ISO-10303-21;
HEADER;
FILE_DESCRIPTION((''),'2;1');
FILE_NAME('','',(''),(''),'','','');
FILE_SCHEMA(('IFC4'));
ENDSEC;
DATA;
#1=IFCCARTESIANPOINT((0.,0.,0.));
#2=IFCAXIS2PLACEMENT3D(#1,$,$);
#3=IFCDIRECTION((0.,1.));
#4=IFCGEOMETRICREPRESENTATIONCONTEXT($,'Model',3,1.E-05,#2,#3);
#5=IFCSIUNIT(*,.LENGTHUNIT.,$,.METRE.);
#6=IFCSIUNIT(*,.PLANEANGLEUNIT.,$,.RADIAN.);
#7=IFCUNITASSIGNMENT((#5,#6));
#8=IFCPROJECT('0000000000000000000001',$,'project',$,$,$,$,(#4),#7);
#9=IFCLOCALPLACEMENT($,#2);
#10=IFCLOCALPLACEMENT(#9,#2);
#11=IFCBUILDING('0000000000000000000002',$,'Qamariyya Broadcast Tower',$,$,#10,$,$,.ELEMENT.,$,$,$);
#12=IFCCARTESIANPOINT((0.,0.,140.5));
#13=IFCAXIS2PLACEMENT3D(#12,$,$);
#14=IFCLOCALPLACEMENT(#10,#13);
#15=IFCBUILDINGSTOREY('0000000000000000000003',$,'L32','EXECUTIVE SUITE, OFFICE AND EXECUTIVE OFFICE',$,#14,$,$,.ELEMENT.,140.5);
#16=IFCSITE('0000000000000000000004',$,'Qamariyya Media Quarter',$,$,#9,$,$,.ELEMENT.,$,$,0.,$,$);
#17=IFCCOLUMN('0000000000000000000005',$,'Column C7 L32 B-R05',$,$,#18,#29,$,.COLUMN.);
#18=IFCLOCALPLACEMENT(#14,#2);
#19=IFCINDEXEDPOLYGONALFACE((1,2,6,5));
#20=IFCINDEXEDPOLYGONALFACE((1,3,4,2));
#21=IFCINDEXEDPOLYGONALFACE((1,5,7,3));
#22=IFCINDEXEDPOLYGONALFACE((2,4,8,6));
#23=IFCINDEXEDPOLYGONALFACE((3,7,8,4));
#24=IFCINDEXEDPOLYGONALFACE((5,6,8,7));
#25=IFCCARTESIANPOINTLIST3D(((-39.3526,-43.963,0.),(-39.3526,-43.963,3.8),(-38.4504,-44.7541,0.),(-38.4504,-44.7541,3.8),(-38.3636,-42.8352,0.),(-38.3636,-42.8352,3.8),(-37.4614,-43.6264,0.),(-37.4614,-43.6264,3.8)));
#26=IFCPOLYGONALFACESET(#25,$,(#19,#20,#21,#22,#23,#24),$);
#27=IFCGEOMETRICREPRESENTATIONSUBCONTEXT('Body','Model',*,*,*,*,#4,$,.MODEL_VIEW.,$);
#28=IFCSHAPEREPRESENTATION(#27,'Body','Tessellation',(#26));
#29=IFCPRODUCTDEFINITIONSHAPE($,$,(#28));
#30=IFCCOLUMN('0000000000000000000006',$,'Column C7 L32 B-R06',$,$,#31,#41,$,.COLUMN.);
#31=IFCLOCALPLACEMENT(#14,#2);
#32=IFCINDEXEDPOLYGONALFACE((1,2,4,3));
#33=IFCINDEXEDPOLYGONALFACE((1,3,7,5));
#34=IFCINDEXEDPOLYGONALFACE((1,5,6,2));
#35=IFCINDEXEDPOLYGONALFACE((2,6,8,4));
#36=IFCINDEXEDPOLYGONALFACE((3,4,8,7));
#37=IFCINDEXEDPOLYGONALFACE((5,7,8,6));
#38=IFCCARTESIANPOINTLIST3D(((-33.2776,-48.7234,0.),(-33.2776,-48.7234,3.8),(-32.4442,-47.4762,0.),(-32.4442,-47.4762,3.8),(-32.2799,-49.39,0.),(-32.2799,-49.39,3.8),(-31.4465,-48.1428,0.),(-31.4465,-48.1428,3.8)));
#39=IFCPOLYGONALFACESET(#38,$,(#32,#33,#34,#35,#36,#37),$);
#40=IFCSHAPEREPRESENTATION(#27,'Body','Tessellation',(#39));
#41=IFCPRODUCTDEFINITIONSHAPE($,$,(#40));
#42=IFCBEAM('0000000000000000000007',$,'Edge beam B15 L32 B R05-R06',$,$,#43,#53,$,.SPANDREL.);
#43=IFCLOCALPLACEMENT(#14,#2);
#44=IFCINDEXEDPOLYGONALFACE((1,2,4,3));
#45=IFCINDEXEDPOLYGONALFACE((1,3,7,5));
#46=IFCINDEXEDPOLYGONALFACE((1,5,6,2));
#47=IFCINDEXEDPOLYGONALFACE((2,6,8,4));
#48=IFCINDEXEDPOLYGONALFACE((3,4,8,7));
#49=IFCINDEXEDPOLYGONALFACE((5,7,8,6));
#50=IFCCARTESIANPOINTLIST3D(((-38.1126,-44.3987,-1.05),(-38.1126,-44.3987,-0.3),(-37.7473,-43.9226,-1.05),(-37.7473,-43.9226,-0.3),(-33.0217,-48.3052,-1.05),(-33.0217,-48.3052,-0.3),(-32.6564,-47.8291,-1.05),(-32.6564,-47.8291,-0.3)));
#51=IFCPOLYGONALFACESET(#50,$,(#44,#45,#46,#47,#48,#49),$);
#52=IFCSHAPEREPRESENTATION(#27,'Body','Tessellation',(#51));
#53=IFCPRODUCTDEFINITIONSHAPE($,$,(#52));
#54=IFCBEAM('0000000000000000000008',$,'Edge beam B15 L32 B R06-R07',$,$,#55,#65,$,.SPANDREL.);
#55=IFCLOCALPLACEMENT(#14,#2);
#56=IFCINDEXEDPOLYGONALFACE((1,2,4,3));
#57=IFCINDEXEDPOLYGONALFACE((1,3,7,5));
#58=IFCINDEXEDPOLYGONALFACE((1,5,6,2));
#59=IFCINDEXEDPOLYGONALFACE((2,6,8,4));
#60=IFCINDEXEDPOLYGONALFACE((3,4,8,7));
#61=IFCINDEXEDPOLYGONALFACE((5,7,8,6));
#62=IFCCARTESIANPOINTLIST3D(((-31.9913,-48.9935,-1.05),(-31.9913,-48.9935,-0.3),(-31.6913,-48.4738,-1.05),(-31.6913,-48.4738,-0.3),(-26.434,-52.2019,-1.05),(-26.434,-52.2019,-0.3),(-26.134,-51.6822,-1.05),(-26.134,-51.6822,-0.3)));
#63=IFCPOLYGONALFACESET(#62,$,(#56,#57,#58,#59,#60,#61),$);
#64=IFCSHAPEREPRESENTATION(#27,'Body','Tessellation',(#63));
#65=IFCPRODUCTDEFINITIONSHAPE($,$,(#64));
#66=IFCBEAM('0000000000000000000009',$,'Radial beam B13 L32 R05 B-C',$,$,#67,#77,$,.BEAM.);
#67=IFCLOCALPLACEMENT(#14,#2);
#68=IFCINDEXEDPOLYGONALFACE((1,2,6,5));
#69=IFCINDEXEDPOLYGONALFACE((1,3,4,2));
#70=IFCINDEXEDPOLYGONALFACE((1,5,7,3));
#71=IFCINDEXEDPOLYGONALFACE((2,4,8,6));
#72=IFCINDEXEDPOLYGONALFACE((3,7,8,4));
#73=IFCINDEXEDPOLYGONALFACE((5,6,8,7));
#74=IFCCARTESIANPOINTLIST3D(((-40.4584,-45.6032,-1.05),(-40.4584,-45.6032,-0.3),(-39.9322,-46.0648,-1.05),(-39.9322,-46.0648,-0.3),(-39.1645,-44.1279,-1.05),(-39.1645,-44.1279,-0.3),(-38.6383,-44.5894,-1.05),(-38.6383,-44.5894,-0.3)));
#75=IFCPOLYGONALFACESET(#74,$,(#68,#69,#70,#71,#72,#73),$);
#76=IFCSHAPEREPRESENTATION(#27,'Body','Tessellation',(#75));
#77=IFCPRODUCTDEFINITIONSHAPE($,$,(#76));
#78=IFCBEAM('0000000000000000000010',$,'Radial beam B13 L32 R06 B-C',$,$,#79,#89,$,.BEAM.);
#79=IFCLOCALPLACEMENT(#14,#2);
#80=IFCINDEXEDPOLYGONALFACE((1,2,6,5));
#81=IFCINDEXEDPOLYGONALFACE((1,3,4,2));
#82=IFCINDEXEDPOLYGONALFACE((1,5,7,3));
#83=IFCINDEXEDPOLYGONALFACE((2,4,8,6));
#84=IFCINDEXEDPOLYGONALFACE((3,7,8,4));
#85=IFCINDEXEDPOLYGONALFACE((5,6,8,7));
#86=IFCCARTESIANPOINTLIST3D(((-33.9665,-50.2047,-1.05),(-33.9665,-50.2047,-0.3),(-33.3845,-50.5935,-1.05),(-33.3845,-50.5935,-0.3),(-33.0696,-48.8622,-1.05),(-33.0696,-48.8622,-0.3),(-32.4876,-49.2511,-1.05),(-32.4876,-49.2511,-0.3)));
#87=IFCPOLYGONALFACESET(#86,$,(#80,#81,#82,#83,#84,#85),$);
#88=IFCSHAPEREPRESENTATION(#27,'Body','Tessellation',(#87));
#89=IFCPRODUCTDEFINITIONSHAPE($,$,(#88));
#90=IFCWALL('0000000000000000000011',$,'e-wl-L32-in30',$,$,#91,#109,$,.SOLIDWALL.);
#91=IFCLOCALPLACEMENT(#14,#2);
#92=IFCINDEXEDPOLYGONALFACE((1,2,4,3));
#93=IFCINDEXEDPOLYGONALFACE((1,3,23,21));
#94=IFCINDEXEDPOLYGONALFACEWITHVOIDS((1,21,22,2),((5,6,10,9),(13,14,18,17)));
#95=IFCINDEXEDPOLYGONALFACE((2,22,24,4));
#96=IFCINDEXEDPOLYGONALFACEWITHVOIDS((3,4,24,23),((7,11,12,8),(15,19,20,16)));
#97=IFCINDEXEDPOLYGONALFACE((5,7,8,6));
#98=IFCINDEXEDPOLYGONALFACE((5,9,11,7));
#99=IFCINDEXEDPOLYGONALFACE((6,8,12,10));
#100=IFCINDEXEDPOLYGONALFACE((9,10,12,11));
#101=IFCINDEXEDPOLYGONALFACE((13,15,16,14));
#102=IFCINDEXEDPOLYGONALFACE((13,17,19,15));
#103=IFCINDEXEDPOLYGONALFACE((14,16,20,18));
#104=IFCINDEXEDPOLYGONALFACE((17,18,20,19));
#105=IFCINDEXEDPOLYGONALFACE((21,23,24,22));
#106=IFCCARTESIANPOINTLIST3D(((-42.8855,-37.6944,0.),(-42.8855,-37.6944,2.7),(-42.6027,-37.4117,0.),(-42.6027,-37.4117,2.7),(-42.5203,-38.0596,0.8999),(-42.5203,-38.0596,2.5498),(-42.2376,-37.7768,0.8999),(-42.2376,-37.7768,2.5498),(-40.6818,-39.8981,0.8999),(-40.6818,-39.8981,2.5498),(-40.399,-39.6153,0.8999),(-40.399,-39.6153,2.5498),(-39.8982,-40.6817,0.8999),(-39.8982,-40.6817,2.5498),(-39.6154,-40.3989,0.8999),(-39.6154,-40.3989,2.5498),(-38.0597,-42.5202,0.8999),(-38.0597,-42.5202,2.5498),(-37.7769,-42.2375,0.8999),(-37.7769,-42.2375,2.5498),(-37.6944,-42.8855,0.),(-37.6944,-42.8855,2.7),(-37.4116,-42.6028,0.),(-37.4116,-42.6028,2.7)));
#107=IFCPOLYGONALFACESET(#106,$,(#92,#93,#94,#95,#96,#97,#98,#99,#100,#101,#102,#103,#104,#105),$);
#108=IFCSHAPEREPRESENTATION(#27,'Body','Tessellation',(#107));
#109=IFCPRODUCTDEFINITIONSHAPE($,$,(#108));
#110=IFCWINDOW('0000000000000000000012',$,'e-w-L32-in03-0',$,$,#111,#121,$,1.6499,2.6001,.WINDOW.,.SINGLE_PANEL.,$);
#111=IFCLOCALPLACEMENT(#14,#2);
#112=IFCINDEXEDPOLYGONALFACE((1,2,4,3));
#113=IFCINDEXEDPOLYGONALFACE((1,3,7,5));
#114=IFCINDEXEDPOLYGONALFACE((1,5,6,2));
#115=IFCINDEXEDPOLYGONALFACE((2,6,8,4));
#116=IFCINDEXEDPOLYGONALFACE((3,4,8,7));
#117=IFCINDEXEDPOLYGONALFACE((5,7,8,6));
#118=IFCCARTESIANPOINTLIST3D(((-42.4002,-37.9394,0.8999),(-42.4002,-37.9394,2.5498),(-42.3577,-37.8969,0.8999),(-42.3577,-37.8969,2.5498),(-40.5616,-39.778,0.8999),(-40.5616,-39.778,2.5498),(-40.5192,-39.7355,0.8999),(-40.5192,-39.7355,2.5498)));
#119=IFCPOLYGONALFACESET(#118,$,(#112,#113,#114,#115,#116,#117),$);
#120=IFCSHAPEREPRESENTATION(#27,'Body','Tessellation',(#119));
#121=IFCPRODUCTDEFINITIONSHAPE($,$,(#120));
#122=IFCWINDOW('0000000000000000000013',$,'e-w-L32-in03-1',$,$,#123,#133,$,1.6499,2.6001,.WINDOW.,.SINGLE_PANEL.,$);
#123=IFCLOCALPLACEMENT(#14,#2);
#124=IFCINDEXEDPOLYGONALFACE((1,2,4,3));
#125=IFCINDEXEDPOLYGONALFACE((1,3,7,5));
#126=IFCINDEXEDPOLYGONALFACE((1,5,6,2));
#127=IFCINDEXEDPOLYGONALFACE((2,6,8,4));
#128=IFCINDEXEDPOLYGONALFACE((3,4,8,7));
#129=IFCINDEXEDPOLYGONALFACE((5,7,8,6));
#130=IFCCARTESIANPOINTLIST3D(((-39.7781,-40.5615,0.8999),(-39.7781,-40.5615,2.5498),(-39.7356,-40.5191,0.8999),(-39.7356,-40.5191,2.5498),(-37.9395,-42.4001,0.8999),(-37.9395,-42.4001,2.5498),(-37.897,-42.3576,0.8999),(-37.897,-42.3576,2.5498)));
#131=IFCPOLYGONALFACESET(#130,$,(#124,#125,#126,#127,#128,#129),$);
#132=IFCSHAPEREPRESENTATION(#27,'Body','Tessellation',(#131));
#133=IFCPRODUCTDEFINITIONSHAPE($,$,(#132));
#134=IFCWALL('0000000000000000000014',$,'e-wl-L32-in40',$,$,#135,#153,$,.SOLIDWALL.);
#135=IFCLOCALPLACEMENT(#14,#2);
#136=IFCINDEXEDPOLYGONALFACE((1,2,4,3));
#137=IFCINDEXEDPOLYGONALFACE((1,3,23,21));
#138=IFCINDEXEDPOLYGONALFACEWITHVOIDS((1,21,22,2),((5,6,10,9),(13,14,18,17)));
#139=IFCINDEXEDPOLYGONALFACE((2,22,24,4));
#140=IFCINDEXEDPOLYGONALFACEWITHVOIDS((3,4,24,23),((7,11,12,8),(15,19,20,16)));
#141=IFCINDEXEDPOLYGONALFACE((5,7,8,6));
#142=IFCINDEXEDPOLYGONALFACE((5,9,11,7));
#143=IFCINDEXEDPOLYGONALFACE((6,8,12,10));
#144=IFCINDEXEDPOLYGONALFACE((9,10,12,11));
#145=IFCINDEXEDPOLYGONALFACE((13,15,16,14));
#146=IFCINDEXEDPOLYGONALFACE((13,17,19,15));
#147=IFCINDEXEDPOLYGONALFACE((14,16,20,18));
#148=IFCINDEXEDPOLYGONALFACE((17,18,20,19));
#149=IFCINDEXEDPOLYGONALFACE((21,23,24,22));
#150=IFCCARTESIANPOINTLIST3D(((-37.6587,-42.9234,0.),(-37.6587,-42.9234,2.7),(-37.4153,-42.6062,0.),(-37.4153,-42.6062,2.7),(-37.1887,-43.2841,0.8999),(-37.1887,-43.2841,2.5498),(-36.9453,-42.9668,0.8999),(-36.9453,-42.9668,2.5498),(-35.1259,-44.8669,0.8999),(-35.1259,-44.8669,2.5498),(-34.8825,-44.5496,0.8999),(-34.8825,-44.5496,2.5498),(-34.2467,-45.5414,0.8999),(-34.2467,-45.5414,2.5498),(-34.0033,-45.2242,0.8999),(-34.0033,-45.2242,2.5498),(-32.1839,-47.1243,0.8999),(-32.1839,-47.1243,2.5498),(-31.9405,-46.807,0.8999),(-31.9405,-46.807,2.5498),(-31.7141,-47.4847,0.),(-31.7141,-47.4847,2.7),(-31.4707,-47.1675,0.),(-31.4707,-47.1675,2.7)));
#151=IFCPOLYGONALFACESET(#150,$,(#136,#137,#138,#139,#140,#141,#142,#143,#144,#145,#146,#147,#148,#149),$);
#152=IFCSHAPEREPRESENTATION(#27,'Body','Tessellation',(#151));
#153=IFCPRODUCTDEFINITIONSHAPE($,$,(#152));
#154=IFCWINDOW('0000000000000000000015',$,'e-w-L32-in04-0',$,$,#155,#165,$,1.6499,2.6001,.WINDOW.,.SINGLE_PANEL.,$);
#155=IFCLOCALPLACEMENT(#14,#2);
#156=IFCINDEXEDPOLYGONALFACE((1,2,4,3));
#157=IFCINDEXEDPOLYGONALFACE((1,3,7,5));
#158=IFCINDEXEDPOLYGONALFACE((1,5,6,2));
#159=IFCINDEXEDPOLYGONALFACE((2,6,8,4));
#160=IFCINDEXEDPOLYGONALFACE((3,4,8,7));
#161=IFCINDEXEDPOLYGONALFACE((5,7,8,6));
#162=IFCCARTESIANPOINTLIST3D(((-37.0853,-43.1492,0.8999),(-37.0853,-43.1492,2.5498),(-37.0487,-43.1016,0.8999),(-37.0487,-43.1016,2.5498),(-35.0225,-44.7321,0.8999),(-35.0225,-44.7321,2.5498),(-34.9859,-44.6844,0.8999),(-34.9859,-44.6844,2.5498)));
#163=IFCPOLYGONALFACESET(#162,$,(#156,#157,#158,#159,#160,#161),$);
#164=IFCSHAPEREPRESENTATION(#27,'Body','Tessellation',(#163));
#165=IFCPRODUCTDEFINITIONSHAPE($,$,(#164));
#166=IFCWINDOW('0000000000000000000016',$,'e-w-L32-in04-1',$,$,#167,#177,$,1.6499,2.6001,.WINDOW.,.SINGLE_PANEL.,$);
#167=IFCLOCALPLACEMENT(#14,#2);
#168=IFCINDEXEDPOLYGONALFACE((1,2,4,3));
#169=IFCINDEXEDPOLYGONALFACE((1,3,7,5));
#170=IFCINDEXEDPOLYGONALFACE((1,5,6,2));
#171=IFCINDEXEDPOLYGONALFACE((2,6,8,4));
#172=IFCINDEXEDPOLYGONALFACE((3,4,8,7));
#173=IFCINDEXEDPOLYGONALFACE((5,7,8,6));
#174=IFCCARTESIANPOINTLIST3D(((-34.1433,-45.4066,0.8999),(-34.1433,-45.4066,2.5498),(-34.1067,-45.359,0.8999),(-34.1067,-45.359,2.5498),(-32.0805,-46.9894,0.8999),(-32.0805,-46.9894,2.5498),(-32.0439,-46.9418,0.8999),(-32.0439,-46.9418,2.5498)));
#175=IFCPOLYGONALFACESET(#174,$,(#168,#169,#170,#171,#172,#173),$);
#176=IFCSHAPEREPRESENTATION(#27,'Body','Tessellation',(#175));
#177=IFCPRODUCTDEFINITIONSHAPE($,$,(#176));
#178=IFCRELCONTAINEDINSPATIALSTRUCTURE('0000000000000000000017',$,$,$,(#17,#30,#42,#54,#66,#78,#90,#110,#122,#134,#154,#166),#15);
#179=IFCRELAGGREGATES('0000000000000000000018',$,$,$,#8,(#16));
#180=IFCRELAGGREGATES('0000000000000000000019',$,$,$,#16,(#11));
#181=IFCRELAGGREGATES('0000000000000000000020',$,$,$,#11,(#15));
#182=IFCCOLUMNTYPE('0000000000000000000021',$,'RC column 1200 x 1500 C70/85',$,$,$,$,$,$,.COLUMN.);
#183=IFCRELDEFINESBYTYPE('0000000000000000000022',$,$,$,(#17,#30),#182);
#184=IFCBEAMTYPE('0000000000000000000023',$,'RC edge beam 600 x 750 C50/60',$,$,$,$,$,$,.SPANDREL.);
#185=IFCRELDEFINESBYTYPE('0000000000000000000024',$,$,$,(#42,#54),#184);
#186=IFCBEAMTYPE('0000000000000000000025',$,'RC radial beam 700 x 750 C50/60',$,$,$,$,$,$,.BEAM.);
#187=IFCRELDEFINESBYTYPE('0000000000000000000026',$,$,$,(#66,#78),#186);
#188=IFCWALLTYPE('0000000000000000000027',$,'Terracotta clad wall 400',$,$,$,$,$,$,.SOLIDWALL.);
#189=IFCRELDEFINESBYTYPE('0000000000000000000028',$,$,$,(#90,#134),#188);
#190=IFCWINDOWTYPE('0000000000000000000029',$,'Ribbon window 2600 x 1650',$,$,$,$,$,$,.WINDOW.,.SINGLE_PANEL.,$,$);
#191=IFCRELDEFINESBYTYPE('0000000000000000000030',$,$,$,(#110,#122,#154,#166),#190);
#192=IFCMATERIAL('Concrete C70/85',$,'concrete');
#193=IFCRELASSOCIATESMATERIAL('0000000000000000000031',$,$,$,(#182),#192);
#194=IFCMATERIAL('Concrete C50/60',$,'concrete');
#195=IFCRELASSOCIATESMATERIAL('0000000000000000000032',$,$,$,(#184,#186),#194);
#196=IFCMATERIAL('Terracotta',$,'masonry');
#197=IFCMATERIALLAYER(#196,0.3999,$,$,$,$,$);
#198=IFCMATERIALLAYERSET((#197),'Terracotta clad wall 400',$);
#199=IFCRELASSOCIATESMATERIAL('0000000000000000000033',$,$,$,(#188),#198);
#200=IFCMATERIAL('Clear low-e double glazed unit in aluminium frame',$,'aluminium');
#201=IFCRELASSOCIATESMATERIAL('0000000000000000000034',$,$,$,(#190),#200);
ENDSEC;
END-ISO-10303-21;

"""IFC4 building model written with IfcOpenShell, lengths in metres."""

from ifc_helpers import new_model, si_unit, direction, frame, frame_2d, origin, origin_2d, place, context, subcontext, project, spatial, rectangle, extrude, material, layer, layer_set, material_profile, profile_set, type_object, element, fill, save


model = new_model("IFC4")

# Units and contexts
model_context = context("Model", 3, precision=1e-05, world=origin(), true_north=direction((0.0, 1.0)))
body_context = subcontext(model_context, "Body", "Model", "MODEL_VIEW")
ifc_project = project(units=[si_unit("LENGTHUNIT", "METRE"), si_unit("PLANEANGLEUNIT", "RADIAN")], contexts=[model_context])

# Site, building, storey
site_placement = place(None, origin())
site = spatial("IfcSite", under=ifc_project, at=site_placement, Name="Qamariyya Media Quarter", CompositionType="ELEMENT", RefElevation=0.0)
building_placement = place(site_placement, origin())
building = spatial("IfcBuilding", under=site, at=building_placement, Name="Qamariyya Broadcast Tower", CompositionType="ELEMENT")
storey_placement = place(building_placement, frame((0.0, 0.0, 140.5)))
storey = spatial("IfcBuildingStorey", under=building, at=storey_placement, Name="L32", Description="EXECUTIVE SUITE, OFFICE AND EXECUTIVE OFFICE", CompositionType="ELEMENT", Elevation=140.5)

# Columns
ifc_material_1 = material(Name="Concrete C70/85", Category="concrete")
ifc_material_profile_1 = material_profile(ifc_material_1, rectangle(XDim=1.2, YDim=1.5, at=origin_2d()))
ifc_profile_set_1 = profile_set([ifc_material_profile_1], Name="Concrete C70/85")
column_type = type_object("IfcColumnType", Name="RC column 1200 x 1500 C70/85", PredefinedType="COLUMN", material=ifc_profile_set_1)
for number, where, z_axis, x_axis, name in (
    (1, (-38.407, -43.7947, 0.0), (0.0, 0.0, 1.0), (0.75184, -0.659346, 0.0), "Column C7 L32 B-R05"),
    (2, (-32.3621, -48.4331, 0.0), (0.0, 0.0, 1.0), (0.83147, -0.55557, 0.0), "Column C7 L32 B-R06"),
):
    element("IfcColumn", number, at=place(storey_placement, frame(where, z_axis=z_axis, x_axis=x_axis)), inside=storey, type_object=column_type, Name=name, PredefinedType="COLUMN", context=body_context, shape_type="SweptSolid", body=[
        extrude(rectangle(XDim=1.2, YDim=1.5, at=origin_2d()), origin(), (0.0, 0.0, 1.0), 3.8),
    ])

# Beams
ifc_material_2 = material(Name="Concrete C50/60", Category="concrete")
ifc_material_profile_2 = material_profile(ifc_material_2, rectangle(XDim=0.6001, YDim=0.75, at=origin_2d()))
ifc_profile_set_2 = profile_set([ifc_material_profile_2], Name="Concrete C50/60")
beam_type_1 = type_object("IfcBeamType", Name="RC edge beam 600 x 750 C50/60", PredefinedType="SPANDREL", material=ifc_profile_set_2)
for number, where, z_axis, x_axis, name in (
    (3, (-37.9299, -44.1606, -0.675), (0.793341, -0.608778, 0.0), (0.608778, 0.793341, 0.0), "Edge beam B15 L32 B R05-R06"),
    (4, (-31.8413, -48.7336, -0.675), (0.866029, -0.499994, 0.0), (0.499994, 0.866029, 0.0), "Edge beam B15 L32 B R06-R07"),
):
    element("IfcBeam", number, at=place(storey_placement, frame(where, z_axis=z_axis, x_axis=x_axis)), inside=storey, type_object=beam_type_1, Name=name, PredefinedType="SPANDREL", context=body_context, shape_type="SweptSolid", body=[
        extrude(rectangle(XDim=0.6001, YDim=0.75, at=origin_2d()), origin(), (0.0, 0.0, 1.0), 6.417),
    ])
ifc_material_profile_3 = material_profile(ifc_material_2, rectangle(XDim=0.7, YDim=0.75, at=origin_2d()))
ifc_profile_set_3 = profile_set([ifc_material_profile_3], Name="Concrete C50/60")
beam_type_2 = type_object("IfcBeamType", Name="RC radial beam 700 x 750 C50/60", PredefinedType="BEAM", material=ifc_profile_set_3)
beam_1_placement = place(storey_placement, frame((-38.9014, -44.3586, -0.675), z_axis=(-0.659376, -0.751813, 0.0), x_axis=(0.751813, -0.659376, 0.0)))
element("IfcBeam", 5, at=beam_1_placement, inside=storey, type_object=beam_type_2, Name="Radial beam B13 L32 R05 B-C", PredefinedType="BEAM", context=body_context, shape_type="SweptSolid", body=[
    extrude(rectangle(XDim=0.7, YDim=0.75, at=origin_2d()), origin(), (0.0, 0.0, 1.0), 1.9624),
])
beam_2_placement = place(storey_placement, frame((-32.7786, -49.0566, -0.675), z_axis=(-0.555537, -0.831492, 0.0), x_axis=(0.831492, -0.555537, 0.0)))
element("IfcBeam", 6, at=beam_2_placement, inside=storey, type_object=beam_type_2, Name="Radial beam B13 L32 R06 B-C", PredefinedType="BEAM", context=body_context, shape_type="SweptSolid", body=[
    extrude(rectangle(XDim=0.7, YDim=0.75, at=origin_2d()), origin(), (0.0, 0.0, 1.0), 1.6145),
])

# Walls, openings, windows
ifc_material_3 = material(Name="Terracotta", Category="masonry")
ifc_layer = layer(ifc_material_3, 0.3999)
ifc_layer_set = layer_set([ifc_layer], Name="Terracotta clad wall 400")
wall_type = type_object("IfcWallType", Name="Terracotta clad wall 400", PredefinedType="SOLIDWALL", material=ifc_layer_set)
wall_1_placement = place(storey_placement, frame((-37.553, -42.7441, 0.0), z_axis=(0.0, 0.0, 1.0), x_axis=(-0.707107, 0.707107, 0.0)))
wall_1 = element("IfcWall", 7, at=wall_1_placement, inside=storey, type_object=wall_type, Name="e-wl-L32-in30", PredefinedType="SOLIDWALL", context=body_context, shape_type="SweptSolid", body=[
    extrude(rectangle(XDim=7.3413, YDim=0.3999, at=frame_2d((3.6707, 0.0))), origin(), (0.0, 0.0, 1.0), 2.7),
])
opening_1_placement = place(wall_1_placement, frame((4.2249, 0.0, 0.8999)))
opening_1 = element("IfcOpeningElement", 8, at=opening_1_placement, cuts=wall_1, PredefinedType="OPENING", context=body_context, shape_type="SweptSolid", body=[
    extrude(rectangle(XDim=2.6001, YDim=1.6499, at=frame_2d((1.3, 0.825))), frame((0.0, 0.21, 0.0), z_axis=(0.0, -1.0, 0.0), x_axis=(1.0, 0.0, 0.0)), (0.0, 0.0, 1.0), 0.4199),
])
opening_2_placement = place(wall_1_placement, frame((0.5166, 0.0, 0.8999)))
opening_2 = element("IfcOpeningElement", 9, at=opening_2_placement, cuts=wall_1, PredefinedType="OPENING", context=body_context, shape_type="SweptSolid", body=[
    extrude(rectangle(XDim=2.6001, YDim=1.6499, at=frame_2d((1.3, 0.825))), frame((0.0, 0.21, 0.0), z_axis=(0.0, -1.0, 0.0), x_axis=(1.0, 0.0, 0.0)), (0.0, 0.0, 1.0), 0.4199),
])
ifc_material_4 = material(Name="Clear low-e double glazed unit in aluminium frame", Category="aluminium")
window_type = type_object("IfcWindowType", Name="Ribbon window 2600 x 1650", PartitioningType="SINGLE_PANEL", PredefinedType="WINDOW", material=ifc_material_4)
window_1_placement = place(opening_1_placement, origin())
window_1 = element("IfcWindow", 10, at=window_1_placement, inside=storey, type_object=window_type, Name="e-w-L32-in03-0", OverallHeight=1.6499, OverallWidth=2.6001, PartitioningType="SINGLE_PANEL", PredefinedType="WINDOW", context=body_context, shape_type="SweptSolid", body=[
    extrude(rectangle(XDim=2.6001, YDim=1.6499, at=frame_2d((1.3, 0.825))), frame((0.0, 0.03, 0.0), z_axis=(0.0, -1.0, 0.0), x_axis=(1.0, 0.0, 0.0)), (0.0, 0.0, 1.0), 0.0601),
])
fill(opening_1, window_1)
window_2_placement = place(opening_2_placement, origin())
window_2 = element("IfcWindow", 11, at=window_2_placement, inside=storey, type_object=window_type, Name="e-w-L32-in03-1", OverallHeight=1.6499, OverallWidth=2.6001, PartitioningType="SINGLE_PANEL", PredefinedType="WINDOW", context=body_context, shape_type="SweptSolid", body=[
    extrude(rectangle(XDim=2.6001, YDim=1.6499, at=frame_2d((1.3, 0.825))), frame((0.0, 0.03, 0.0), z_axis=(0.0, -1.0, 0.0), x_axis=(1.0, 0.0, 0.0)), (0.0, 0.0, 1.0), 0.0601),
])
fill(opening_2, window_2)
wall_2_placement = place(storey_placement, frame((-31.5923, -47.3262, 0.0), z_axis=(0.0, 0.0, 1.0), x_axis=(-0.793363, 0.608748, 0.0)))
wall_2 = element("IfcWall", 12, at=wall_2_placement, inside=storey, type_object=wall_type, Name="e-wl-L32-in40", PredefinedType="SOLIDWALL", context=body_context, shape_type="SweptSolid", body=[
    extrude(rectangle(XDim=7.4929, YDim=0.3999, at=frame_2d((3.7466, 0.0))), origin(), (0.0, 0.0, 1.0), 2.7),
])
opening_3_placement = place(wall_2_placement, frame((4.3005, 0.0, 0.8999)))
opening_3 = element("IfcOpeningElement", 13, at=opening_3_placement, cuts=wall_2, PredefinedType="OPENING", context=body_context, shape_type="SweptSolid", body=[
    extrude(rectangle(XDim=2.6001, YDim=1.6499, at=frame_2d((1.3, 0.825))), frame((0.0, 0.21, 0.0), z_axis=(0.0, -1.0, 0.0), x_axis=(1.0, 0.0, 0.0)), (0.0, 0.0, 1.0), 0.4199),
])
opening_4_placement = place(wall_2_placement, frame((0.5923, 0.0, 0.8999)))
opening_4 = element("IfcOpeningElement", 14, at=opening_4_placement, cuts=wall_2, PredefinedType="OPENING", context=body_context, shape_type="SweptSolid", body=[
    extrude(rectangle(XDim=2.6001, YDim=1.6499, at=frame_2d((1.3, 0.825))), frame((0.0, 0.21, 0.0), z_axis=(0.0, -1.0, 0.0), x_axis=(1.0, 0.0, 0.0)), (0.0, 0.0, 1.0), 0.4199),
])
window_3_placement = place(opening_3_placement, origin())
window_3 = element("IfcWindow", 15, at=window_3_placement, inside=storey, type_object=window_type, Name="e-w-L32-in04-0", OverallHeight=1.6499, OverallWidth=2.6001, PartitioningType="SINGLE_PANEL", PredefinedType="WINDOW", context=body_context, shape_type="SweptSolid", body=[
    extrude(rectangle(XDim=2.6001, YDim=1.6499, at=frame_2d((1.3, 0.825))), frame((0.0, 0.03, 0.0), z_axis=(0.0, -1.0, 0.0), x_axis=(1.0, 0.0, 0.0)), (0.0, 0.0, 1.0), 0.0601),
])
fill(opening_3, window_3)
window_4_placement = place(opening_4_placement, origin())
window_4 = element("IfcWindow", 16, at=window_4_placement, inside=storey, type_object=window_type, Name="e-w-L32-in04-1", OverallHeight=1.6499, OverallWidth=2.6001, PartitioningType="SINGLE_PANEL", PredefinedType="WINDOW", context=body_context, shape_type="SweptSolid", body=[
    extrude(rectangle(XDim=2.6001, YDim=1.6499, at=frame_2d((1.3, 0.825))), frame((0.0, 0.03, 0.0), z_axis=(0.0, -1.0, 0.0), x_axis=(1.0, 0.0, 0.0)), (0.0, 0.0, 1.0), 0.0601),
])
fill(opening_4, window_4)

save(model, "model.ifc")
